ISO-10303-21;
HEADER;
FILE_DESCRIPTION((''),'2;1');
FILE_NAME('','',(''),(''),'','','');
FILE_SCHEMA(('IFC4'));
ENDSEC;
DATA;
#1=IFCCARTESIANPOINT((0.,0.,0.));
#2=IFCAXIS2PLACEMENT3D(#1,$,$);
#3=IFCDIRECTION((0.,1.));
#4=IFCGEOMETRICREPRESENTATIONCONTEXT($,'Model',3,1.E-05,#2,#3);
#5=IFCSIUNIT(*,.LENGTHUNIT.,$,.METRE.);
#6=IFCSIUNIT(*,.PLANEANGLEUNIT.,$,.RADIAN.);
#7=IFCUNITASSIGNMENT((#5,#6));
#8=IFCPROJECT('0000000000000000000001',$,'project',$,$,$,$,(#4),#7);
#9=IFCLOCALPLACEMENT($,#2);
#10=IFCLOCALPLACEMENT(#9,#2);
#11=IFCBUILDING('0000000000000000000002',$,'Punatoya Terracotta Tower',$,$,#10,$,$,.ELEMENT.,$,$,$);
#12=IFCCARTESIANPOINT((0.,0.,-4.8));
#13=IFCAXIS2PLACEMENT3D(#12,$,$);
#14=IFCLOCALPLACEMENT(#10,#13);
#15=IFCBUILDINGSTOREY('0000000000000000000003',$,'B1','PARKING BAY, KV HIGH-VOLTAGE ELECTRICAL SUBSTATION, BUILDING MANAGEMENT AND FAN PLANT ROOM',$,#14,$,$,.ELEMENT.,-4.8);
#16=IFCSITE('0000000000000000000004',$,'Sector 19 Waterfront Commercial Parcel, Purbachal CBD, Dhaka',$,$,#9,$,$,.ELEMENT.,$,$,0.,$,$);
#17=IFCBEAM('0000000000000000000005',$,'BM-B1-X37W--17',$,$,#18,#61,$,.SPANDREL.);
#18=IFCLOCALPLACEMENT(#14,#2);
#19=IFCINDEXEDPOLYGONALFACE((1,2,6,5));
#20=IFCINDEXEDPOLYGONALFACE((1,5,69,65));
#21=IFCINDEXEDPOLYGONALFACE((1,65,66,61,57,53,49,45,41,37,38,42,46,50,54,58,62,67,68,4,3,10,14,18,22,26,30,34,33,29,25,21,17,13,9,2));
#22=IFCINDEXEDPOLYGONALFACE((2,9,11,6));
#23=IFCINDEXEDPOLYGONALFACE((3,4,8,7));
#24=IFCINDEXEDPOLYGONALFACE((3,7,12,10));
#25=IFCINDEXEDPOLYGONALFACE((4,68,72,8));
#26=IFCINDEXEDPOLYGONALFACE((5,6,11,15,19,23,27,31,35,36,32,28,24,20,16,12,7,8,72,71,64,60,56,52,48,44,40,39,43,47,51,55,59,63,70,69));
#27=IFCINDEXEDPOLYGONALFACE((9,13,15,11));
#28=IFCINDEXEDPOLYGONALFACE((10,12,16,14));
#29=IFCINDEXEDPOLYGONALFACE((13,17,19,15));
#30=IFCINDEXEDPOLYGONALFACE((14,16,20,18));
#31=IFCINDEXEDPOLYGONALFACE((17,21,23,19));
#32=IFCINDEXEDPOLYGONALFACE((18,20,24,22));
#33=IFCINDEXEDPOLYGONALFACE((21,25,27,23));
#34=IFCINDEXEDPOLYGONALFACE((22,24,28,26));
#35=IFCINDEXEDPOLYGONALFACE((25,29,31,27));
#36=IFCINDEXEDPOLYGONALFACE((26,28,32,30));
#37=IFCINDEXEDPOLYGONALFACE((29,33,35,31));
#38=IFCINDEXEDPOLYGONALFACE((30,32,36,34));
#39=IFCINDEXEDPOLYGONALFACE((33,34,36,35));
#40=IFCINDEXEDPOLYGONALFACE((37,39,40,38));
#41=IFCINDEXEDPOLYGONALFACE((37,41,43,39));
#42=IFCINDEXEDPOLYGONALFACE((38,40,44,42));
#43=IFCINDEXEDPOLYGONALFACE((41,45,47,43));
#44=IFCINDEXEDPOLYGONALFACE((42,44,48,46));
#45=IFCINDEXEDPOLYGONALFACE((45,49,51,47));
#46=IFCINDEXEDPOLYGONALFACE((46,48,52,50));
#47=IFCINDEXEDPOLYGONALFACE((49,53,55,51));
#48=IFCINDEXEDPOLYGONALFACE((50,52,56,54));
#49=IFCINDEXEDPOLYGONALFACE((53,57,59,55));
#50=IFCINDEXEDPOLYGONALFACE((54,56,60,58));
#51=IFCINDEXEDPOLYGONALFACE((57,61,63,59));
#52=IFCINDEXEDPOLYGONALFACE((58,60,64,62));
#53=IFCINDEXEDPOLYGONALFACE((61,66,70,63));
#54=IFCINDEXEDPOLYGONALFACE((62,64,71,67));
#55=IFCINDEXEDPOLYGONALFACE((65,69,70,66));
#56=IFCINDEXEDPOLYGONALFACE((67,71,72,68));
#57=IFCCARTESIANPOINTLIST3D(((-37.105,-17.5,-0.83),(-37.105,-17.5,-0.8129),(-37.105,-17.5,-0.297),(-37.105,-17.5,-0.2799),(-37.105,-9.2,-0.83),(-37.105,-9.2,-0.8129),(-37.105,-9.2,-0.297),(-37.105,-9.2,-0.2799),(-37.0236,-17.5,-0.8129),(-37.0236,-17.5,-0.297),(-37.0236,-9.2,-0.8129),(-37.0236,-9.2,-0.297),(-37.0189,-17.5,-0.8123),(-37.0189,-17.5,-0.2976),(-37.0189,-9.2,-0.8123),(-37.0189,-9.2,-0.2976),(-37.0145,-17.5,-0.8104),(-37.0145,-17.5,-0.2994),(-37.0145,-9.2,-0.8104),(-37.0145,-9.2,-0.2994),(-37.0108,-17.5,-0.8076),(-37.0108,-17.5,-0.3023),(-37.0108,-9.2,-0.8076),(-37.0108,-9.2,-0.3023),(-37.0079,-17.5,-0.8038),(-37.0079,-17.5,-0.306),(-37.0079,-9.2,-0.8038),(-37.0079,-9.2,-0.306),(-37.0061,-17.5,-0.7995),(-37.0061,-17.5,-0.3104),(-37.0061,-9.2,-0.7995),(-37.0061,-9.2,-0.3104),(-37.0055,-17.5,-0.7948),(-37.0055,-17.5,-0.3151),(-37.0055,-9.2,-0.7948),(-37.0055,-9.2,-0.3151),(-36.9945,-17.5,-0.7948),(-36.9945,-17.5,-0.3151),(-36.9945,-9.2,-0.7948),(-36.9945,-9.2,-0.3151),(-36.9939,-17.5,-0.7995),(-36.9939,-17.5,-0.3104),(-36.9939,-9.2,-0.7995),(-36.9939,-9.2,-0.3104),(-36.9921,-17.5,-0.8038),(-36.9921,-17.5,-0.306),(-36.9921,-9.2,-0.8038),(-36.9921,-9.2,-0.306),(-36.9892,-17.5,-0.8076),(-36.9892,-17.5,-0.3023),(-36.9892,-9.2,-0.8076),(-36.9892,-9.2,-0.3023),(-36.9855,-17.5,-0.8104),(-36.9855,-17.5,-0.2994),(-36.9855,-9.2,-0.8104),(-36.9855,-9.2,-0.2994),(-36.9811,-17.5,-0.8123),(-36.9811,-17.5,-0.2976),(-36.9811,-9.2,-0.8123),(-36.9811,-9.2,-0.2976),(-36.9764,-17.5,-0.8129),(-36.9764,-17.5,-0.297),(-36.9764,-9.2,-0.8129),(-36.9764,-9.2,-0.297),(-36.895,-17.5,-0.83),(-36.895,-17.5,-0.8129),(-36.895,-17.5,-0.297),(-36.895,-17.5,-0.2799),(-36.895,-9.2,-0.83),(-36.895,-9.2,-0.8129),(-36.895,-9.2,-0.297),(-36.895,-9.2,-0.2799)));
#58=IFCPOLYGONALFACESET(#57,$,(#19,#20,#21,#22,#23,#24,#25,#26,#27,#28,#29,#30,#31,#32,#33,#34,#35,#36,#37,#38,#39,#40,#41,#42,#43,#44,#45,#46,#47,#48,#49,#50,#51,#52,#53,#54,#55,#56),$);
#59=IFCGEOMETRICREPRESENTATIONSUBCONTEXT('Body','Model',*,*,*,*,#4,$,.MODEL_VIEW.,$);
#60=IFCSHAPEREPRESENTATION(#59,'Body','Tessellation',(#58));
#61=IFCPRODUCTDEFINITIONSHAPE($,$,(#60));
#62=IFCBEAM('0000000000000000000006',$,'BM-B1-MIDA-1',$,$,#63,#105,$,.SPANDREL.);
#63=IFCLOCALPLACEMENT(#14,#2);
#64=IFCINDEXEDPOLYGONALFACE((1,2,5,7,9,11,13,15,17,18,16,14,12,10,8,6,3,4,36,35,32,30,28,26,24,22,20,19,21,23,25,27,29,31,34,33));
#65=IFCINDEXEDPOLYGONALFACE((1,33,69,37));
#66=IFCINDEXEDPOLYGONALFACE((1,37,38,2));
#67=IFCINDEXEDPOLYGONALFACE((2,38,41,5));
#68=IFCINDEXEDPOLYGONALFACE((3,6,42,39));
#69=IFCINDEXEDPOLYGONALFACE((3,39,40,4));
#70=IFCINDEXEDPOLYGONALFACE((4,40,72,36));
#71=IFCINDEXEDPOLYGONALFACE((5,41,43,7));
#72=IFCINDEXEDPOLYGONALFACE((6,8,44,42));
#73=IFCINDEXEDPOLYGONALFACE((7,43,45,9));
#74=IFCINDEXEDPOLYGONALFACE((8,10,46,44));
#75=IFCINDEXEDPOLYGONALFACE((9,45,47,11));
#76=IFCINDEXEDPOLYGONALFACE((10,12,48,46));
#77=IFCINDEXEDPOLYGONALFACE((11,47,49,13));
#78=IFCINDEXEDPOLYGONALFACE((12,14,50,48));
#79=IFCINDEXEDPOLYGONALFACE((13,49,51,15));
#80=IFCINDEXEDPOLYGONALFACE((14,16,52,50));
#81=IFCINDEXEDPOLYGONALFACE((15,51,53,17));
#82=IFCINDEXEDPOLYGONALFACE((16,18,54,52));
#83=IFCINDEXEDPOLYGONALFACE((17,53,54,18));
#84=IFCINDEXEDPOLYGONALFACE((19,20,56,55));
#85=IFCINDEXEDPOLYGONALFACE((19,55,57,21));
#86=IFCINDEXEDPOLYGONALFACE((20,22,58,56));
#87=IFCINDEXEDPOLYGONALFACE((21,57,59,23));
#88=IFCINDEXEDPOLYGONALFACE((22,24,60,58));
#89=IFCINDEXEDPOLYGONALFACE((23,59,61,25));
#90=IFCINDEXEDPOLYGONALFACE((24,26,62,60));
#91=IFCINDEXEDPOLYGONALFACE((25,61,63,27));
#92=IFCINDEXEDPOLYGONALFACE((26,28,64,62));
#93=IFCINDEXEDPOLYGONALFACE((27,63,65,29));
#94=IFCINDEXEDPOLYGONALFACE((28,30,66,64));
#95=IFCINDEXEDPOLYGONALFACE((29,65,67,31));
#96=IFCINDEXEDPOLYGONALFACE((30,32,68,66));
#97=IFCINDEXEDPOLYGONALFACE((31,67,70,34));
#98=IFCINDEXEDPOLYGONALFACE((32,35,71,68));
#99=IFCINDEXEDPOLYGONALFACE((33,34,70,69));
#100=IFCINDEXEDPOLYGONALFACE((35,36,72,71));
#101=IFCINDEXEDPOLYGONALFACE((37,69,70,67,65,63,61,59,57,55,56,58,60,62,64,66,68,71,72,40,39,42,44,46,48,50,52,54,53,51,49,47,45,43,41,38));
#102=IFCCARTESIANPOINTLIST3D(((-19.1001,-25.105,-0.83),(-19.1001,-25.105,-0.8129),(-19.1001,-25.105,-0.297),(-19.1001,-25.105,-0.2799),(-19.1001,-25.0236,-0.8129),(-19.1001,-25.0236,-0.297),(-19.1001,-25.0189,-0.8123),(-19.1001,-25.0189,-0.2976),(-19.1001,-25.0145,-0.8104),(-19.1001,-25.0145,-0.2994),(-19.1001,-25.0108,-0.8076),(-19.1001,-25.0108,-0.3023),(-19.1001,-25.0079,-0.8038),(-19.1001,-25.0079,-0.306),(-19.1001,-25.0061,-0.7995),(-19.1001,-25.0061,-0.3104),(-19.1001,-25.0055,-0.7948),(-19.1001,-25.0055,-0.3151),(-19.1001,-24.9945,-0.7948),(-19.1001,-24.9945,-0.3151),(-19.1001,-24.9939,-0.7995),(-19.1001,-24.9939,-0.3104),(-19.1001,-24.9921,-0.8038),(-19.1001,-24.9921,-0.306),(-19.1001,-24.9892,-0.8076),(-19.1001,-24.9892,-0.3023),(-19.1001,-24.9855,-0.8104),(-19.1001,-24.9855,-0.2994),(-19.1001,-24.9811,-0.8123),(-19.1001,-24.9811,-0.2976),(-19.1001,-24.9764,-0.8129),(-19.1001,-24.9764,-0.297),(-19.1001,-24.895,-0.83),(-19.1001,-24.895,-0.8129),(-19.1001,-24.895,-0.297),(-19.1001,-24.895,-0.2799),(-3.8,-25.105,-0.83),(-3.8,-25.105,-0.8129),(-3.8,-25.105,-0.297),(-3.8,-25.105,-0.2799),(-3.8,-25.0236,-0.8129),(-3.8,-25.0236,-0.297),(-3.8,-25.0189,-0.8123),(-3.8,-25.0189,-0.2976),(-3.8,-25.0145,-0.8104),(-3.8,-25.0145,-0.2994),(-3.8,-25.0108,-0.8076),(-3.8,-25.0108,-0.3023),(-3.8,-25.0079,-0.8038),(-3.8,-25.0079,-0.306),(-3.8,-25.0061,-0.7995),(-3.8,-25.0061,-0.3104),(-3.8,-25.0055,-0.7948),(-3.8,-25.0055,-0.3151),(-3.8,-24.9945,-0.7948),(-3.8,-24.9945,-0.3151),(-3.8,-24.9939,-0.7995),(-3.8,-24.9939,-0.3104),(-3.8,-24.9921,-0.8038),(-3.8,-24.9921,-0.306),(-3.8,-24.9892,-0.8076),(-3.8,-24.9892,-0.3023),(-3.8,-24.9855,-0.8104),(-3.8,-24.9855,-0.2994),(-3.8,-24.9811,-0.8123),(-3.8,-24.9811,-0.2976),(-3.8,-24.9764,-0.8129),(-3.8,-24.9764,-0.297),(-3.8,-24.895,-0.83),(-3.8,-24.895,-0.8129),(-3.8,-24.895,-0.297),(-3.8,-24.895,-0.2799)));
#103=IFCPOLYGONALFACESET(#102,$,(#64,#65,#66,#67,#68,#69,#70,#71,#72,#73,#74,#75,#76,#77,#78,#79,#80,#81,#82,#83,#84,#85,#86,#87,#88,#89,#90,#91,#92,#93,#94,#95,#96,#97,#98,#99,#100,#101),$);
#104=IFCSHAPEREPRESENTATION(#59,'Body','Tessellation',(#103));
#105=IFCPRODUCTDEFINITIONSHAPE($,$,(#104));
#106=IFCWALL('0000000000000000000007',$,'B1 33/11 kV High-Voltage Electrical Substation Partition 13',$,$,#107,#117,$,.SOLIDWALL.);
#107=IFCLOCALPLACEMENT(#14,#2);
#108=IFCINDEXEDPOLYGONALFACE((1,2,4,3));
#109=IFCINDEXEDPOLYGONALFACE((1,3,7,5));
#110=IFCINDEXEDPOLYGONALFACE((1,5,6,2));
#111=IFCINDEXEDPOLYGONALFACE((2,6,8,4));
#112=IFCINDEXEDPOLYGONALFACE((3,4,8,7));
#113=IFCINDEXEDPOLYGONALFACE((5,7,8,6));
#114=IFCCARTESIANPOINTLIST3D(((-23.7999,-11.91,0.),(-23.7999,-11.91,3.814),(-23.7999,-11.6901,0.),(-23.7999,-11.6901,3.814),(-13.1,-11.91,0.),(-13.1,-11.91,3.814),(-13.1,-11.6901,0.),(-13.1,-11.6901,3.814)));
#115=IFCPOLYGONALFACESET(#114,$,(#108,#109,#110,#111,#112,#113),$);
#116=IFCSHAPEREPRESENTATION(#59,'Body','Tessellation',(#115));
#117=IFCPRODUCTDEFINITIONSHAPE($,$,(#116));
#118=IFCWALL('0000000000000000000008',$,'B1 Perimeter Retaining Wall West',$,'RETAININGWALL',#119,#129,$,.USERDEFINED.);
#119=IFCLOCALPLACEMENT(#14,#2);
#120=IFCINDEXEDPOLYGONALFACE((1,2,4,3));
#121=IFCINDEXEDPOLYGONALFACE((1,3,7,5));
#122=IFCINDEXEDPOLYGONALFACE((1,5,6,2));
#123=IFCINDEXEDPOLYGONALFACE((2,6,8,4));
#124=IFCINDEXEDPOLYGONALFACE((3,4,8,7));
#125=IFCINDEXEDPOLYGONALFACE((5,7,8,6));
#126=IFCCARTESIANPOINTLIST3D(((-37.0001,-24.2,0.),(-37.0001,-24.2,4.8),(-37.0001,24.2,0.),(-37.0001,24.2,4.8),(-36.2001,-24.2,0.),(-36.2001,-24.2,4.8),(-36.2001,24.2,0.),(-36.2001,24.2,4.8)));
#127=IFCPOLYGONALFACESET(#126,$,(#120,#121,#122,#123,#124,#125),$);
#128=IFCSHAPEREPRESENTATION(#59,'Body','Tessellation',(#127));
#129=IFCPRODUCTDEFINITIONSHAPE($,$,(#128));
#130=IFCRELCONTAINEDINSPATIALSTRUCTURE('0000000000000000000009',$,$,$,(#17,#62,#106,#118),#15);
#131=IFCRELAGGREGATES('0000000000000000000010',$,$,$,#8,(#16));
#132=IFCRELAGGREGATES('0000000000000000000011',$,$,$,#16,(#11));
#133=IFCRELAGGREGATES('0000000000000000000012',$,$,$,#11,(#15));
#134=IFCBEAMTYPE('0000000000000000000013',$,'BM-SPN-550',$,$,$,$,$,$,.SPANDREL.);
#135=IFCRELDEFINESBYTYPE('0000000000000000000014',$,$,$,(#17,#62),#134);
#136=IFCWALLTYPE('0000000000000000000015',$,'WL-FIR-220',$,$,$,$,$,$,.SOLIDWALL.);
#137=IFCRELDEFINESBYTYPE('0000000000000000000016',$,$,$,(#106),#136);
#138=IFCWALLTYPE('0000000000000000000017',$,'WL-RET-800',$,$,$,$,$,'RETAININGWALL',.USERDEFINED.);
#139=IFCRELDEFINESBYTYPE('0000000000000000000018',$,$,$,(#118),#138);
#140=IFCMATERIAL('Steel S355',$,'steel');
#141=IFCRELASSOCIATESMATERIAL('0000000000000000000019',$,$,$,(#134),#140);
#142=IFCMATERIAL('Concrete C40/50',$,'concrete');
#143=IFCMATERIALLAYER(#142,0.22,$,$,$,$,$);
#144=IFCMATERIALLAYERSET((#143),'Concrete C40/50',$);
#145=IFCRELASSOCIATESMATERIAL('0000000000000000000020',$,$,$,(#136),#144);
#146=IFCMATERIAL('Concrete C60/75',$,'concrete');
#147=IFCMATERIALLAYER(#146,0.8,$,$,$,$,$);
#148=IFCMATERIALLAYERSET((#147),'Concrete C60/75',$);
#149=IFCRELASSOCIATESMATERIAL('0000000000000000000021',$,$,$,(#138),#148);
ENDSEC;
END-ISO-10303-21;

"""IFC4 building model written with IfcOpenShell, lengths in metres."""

from ifc_helpers import new_model, si_unit, direction, frame, frame_2d, origin, origin_2d, place, context, subcontext, project, spatial, rectangle, i_section, extrude, material, layer, layer_set, material_profile, profile_set, type_object, element, save


model = new_model("IFC4")

# Units and contexts
model_context = context("Model", 3, precision=1e-05, world=origin(), true_north=direction((0.0, 1.0)))
body_context = subcontext(model_context, "Body", "Model", "MODEL_VIEW")
ifc_project = project(units=[si_unit("LENGTHUNIT", "METRE"), si_unit("PLANEANGLEUNIT", "RADIAN")], contexts=[model_context])

# Site, building, storey
site_placement = place(None, origin())
site = spatial("IfcSite", under=ifc_project, at=site_placement, Name="Sector 19 Waterfront Commercial Parcel, Purbachal CBD, Dhaka", CompositionType="ELEMENT", RefElevation=0.0)
building_placement = place(site_placement, origin())
building = spatial("IfcBuilding", under=site, at=building_placement, Name="Punatoya Terracotta Tower", CompositionType="ELEMENT")
storey_placement = place(building_placement, frame((0.0, 0.0, -4.8)))
storey = spatial("IfcBuildingStorey", under=building, at=storey_placement, Name="B1", Description="PARKING BAY, KV HIGH-VOLTAGE ELECTRICAL SUBSTATION, BUILDING MANAGEMENT AND FAN PLANT ROOM", CompositionType="ELEMENT", Elevation=-4.8)

# Shared definitions
ifc_material_1 = material(Name="Concrete C60/75", Category="concrete")

# Beams
ifc_material_2 = material(Name="Steel S355", Category="steel")
ifc_material_profile_1 = material_profile(ifc_material_2, i_section(OverallWidth=0.21, OverallDepth=0.55, WebThickness=0.011, FlangeThickness=0.0171, FilletRadius=0.0181, at=origin_2d()))
ifc_profile_set_1 = profile_set([ifc_material_profile_1], Name="Steel S355")
beam_type_1 = type_object("IfcBeamType", Name="BM-SPN-550", PredefinedType="SPANDREL", material=ifc_profile_set_1)
beam_1_placement = place(storey_placement, frame((-37.0, -17.5, -0.5549), z_axis=(0.0, 1.0, 0.0), x_axis=(-1.0, 0.0, 0.0)))
element("IfcBeam", 1, at=beam_1_placement, inside=storey, type_object=beam_type_1, Name="BM-B1-X37W--17", PredefinedType="SPANDREL", context=body_context, shape_type="SweptSolid", body=[
    extrude(i_section(OverallWidth=0.21, OverallDepth=0.55, WebThickness=0.011, FlangeThickness=0.0171, FilletRadius=0.0181, at=origin_2d()), origin(), (0.0, 0.0, 1.0), 8.3),
])
beam_2_placement = place(storey_placement, frame((-19.1001, -25.0, -0.5549), z_axis=(1.0, 0.0, 0.0), x_axis=(0.0, 1.0, 0.0)))
element("IfcBeam", 2, at=beam_2_placement, inside=storey, type_object=beam_type_1, Name="BM-B1-MIDA-1", PredefinedType="SPANDREL", context=body_context, shape_type="SweptSolid", body=[
    extrude(i_section(OverallWidth=0.21, OverallDepth=0.55, WebThickness=0.011, FlangeThickness=0.0171, FilletRadius=0.0181, at=origin_2d()), origin(), (0.0, 0.0, 1.0), 15.3),
])

# Walls
ifc_material_3 = material(Name="Concrete C40/50", Category="concrete")
ifc_layer_1 = layer(ifc_material_3, 0.22)
ifc_layer_set_1 = layer_set([ifc_layer_1], Name="Concrete C40/50")
wall_type_1 = type_object("IfcWallType", Name="WL-FIR-220", PredefinedType="SOLIDWALL", material=ifc_layer_set_1)
wall_1_placement = place(storey_placement, frame((-23.8, -11.8, 0.0), z_axis=(0.0, 0.0, 1.0), x_axis=(1.0, 0.0, 0.0)))
element("IfcWall", 3, at=wall_1_placement, inside=storey, type_object=wall_type_1, Name="B1 33/11 kV High-Voltage Electrical Substation Partition 13", PredefinedType="SOLIDWALL", context=body_context, shape_type="SweptSolid", body=[
    extrude(rectangle(XDim=10.7, YDim=0.22, at=frame_2d((5.3501, 0.0))), origin(), (0.0, 0.0, 1.0), 3.814),
])
ifc_layer_2 = layer(ifc_material_1, 0.8)
ifc_layer_set_2 = layer_set([ifc_layer_2], Name="Concrete C60/75")
wall_type_2 = type_object("IfcWallType", Name="WL-RET-800", ElementType="RETAININGWALL", PredefinedType="USERDEFINED", material=ifc_layer_set_2)
wall_2_placement = place(storey_placement, frame((-36.6001, -24.2, 0.0), z_axis=(0.0, 0.0, 1.0), x_axis=(0.0, 1.0, 0.0)))
element("IfcWall", 4, at=wall_2_placement, inside=storey, type_object=wall_type_2, Name="B1 Perimeter Retaining Wall West", ObjectType="RETAININGWALL", PredefinedType="USERDEFINED", context=body_context, shape_type="SweptSolid", body=[
    extrude(rectangle(XDim=48.3999, YDim=0.8, at=frame_2d((24.2, 0.0))), origin(), (0.0, 0.0, 1.0), 4.8),
])

save(model, "model.ifc")
